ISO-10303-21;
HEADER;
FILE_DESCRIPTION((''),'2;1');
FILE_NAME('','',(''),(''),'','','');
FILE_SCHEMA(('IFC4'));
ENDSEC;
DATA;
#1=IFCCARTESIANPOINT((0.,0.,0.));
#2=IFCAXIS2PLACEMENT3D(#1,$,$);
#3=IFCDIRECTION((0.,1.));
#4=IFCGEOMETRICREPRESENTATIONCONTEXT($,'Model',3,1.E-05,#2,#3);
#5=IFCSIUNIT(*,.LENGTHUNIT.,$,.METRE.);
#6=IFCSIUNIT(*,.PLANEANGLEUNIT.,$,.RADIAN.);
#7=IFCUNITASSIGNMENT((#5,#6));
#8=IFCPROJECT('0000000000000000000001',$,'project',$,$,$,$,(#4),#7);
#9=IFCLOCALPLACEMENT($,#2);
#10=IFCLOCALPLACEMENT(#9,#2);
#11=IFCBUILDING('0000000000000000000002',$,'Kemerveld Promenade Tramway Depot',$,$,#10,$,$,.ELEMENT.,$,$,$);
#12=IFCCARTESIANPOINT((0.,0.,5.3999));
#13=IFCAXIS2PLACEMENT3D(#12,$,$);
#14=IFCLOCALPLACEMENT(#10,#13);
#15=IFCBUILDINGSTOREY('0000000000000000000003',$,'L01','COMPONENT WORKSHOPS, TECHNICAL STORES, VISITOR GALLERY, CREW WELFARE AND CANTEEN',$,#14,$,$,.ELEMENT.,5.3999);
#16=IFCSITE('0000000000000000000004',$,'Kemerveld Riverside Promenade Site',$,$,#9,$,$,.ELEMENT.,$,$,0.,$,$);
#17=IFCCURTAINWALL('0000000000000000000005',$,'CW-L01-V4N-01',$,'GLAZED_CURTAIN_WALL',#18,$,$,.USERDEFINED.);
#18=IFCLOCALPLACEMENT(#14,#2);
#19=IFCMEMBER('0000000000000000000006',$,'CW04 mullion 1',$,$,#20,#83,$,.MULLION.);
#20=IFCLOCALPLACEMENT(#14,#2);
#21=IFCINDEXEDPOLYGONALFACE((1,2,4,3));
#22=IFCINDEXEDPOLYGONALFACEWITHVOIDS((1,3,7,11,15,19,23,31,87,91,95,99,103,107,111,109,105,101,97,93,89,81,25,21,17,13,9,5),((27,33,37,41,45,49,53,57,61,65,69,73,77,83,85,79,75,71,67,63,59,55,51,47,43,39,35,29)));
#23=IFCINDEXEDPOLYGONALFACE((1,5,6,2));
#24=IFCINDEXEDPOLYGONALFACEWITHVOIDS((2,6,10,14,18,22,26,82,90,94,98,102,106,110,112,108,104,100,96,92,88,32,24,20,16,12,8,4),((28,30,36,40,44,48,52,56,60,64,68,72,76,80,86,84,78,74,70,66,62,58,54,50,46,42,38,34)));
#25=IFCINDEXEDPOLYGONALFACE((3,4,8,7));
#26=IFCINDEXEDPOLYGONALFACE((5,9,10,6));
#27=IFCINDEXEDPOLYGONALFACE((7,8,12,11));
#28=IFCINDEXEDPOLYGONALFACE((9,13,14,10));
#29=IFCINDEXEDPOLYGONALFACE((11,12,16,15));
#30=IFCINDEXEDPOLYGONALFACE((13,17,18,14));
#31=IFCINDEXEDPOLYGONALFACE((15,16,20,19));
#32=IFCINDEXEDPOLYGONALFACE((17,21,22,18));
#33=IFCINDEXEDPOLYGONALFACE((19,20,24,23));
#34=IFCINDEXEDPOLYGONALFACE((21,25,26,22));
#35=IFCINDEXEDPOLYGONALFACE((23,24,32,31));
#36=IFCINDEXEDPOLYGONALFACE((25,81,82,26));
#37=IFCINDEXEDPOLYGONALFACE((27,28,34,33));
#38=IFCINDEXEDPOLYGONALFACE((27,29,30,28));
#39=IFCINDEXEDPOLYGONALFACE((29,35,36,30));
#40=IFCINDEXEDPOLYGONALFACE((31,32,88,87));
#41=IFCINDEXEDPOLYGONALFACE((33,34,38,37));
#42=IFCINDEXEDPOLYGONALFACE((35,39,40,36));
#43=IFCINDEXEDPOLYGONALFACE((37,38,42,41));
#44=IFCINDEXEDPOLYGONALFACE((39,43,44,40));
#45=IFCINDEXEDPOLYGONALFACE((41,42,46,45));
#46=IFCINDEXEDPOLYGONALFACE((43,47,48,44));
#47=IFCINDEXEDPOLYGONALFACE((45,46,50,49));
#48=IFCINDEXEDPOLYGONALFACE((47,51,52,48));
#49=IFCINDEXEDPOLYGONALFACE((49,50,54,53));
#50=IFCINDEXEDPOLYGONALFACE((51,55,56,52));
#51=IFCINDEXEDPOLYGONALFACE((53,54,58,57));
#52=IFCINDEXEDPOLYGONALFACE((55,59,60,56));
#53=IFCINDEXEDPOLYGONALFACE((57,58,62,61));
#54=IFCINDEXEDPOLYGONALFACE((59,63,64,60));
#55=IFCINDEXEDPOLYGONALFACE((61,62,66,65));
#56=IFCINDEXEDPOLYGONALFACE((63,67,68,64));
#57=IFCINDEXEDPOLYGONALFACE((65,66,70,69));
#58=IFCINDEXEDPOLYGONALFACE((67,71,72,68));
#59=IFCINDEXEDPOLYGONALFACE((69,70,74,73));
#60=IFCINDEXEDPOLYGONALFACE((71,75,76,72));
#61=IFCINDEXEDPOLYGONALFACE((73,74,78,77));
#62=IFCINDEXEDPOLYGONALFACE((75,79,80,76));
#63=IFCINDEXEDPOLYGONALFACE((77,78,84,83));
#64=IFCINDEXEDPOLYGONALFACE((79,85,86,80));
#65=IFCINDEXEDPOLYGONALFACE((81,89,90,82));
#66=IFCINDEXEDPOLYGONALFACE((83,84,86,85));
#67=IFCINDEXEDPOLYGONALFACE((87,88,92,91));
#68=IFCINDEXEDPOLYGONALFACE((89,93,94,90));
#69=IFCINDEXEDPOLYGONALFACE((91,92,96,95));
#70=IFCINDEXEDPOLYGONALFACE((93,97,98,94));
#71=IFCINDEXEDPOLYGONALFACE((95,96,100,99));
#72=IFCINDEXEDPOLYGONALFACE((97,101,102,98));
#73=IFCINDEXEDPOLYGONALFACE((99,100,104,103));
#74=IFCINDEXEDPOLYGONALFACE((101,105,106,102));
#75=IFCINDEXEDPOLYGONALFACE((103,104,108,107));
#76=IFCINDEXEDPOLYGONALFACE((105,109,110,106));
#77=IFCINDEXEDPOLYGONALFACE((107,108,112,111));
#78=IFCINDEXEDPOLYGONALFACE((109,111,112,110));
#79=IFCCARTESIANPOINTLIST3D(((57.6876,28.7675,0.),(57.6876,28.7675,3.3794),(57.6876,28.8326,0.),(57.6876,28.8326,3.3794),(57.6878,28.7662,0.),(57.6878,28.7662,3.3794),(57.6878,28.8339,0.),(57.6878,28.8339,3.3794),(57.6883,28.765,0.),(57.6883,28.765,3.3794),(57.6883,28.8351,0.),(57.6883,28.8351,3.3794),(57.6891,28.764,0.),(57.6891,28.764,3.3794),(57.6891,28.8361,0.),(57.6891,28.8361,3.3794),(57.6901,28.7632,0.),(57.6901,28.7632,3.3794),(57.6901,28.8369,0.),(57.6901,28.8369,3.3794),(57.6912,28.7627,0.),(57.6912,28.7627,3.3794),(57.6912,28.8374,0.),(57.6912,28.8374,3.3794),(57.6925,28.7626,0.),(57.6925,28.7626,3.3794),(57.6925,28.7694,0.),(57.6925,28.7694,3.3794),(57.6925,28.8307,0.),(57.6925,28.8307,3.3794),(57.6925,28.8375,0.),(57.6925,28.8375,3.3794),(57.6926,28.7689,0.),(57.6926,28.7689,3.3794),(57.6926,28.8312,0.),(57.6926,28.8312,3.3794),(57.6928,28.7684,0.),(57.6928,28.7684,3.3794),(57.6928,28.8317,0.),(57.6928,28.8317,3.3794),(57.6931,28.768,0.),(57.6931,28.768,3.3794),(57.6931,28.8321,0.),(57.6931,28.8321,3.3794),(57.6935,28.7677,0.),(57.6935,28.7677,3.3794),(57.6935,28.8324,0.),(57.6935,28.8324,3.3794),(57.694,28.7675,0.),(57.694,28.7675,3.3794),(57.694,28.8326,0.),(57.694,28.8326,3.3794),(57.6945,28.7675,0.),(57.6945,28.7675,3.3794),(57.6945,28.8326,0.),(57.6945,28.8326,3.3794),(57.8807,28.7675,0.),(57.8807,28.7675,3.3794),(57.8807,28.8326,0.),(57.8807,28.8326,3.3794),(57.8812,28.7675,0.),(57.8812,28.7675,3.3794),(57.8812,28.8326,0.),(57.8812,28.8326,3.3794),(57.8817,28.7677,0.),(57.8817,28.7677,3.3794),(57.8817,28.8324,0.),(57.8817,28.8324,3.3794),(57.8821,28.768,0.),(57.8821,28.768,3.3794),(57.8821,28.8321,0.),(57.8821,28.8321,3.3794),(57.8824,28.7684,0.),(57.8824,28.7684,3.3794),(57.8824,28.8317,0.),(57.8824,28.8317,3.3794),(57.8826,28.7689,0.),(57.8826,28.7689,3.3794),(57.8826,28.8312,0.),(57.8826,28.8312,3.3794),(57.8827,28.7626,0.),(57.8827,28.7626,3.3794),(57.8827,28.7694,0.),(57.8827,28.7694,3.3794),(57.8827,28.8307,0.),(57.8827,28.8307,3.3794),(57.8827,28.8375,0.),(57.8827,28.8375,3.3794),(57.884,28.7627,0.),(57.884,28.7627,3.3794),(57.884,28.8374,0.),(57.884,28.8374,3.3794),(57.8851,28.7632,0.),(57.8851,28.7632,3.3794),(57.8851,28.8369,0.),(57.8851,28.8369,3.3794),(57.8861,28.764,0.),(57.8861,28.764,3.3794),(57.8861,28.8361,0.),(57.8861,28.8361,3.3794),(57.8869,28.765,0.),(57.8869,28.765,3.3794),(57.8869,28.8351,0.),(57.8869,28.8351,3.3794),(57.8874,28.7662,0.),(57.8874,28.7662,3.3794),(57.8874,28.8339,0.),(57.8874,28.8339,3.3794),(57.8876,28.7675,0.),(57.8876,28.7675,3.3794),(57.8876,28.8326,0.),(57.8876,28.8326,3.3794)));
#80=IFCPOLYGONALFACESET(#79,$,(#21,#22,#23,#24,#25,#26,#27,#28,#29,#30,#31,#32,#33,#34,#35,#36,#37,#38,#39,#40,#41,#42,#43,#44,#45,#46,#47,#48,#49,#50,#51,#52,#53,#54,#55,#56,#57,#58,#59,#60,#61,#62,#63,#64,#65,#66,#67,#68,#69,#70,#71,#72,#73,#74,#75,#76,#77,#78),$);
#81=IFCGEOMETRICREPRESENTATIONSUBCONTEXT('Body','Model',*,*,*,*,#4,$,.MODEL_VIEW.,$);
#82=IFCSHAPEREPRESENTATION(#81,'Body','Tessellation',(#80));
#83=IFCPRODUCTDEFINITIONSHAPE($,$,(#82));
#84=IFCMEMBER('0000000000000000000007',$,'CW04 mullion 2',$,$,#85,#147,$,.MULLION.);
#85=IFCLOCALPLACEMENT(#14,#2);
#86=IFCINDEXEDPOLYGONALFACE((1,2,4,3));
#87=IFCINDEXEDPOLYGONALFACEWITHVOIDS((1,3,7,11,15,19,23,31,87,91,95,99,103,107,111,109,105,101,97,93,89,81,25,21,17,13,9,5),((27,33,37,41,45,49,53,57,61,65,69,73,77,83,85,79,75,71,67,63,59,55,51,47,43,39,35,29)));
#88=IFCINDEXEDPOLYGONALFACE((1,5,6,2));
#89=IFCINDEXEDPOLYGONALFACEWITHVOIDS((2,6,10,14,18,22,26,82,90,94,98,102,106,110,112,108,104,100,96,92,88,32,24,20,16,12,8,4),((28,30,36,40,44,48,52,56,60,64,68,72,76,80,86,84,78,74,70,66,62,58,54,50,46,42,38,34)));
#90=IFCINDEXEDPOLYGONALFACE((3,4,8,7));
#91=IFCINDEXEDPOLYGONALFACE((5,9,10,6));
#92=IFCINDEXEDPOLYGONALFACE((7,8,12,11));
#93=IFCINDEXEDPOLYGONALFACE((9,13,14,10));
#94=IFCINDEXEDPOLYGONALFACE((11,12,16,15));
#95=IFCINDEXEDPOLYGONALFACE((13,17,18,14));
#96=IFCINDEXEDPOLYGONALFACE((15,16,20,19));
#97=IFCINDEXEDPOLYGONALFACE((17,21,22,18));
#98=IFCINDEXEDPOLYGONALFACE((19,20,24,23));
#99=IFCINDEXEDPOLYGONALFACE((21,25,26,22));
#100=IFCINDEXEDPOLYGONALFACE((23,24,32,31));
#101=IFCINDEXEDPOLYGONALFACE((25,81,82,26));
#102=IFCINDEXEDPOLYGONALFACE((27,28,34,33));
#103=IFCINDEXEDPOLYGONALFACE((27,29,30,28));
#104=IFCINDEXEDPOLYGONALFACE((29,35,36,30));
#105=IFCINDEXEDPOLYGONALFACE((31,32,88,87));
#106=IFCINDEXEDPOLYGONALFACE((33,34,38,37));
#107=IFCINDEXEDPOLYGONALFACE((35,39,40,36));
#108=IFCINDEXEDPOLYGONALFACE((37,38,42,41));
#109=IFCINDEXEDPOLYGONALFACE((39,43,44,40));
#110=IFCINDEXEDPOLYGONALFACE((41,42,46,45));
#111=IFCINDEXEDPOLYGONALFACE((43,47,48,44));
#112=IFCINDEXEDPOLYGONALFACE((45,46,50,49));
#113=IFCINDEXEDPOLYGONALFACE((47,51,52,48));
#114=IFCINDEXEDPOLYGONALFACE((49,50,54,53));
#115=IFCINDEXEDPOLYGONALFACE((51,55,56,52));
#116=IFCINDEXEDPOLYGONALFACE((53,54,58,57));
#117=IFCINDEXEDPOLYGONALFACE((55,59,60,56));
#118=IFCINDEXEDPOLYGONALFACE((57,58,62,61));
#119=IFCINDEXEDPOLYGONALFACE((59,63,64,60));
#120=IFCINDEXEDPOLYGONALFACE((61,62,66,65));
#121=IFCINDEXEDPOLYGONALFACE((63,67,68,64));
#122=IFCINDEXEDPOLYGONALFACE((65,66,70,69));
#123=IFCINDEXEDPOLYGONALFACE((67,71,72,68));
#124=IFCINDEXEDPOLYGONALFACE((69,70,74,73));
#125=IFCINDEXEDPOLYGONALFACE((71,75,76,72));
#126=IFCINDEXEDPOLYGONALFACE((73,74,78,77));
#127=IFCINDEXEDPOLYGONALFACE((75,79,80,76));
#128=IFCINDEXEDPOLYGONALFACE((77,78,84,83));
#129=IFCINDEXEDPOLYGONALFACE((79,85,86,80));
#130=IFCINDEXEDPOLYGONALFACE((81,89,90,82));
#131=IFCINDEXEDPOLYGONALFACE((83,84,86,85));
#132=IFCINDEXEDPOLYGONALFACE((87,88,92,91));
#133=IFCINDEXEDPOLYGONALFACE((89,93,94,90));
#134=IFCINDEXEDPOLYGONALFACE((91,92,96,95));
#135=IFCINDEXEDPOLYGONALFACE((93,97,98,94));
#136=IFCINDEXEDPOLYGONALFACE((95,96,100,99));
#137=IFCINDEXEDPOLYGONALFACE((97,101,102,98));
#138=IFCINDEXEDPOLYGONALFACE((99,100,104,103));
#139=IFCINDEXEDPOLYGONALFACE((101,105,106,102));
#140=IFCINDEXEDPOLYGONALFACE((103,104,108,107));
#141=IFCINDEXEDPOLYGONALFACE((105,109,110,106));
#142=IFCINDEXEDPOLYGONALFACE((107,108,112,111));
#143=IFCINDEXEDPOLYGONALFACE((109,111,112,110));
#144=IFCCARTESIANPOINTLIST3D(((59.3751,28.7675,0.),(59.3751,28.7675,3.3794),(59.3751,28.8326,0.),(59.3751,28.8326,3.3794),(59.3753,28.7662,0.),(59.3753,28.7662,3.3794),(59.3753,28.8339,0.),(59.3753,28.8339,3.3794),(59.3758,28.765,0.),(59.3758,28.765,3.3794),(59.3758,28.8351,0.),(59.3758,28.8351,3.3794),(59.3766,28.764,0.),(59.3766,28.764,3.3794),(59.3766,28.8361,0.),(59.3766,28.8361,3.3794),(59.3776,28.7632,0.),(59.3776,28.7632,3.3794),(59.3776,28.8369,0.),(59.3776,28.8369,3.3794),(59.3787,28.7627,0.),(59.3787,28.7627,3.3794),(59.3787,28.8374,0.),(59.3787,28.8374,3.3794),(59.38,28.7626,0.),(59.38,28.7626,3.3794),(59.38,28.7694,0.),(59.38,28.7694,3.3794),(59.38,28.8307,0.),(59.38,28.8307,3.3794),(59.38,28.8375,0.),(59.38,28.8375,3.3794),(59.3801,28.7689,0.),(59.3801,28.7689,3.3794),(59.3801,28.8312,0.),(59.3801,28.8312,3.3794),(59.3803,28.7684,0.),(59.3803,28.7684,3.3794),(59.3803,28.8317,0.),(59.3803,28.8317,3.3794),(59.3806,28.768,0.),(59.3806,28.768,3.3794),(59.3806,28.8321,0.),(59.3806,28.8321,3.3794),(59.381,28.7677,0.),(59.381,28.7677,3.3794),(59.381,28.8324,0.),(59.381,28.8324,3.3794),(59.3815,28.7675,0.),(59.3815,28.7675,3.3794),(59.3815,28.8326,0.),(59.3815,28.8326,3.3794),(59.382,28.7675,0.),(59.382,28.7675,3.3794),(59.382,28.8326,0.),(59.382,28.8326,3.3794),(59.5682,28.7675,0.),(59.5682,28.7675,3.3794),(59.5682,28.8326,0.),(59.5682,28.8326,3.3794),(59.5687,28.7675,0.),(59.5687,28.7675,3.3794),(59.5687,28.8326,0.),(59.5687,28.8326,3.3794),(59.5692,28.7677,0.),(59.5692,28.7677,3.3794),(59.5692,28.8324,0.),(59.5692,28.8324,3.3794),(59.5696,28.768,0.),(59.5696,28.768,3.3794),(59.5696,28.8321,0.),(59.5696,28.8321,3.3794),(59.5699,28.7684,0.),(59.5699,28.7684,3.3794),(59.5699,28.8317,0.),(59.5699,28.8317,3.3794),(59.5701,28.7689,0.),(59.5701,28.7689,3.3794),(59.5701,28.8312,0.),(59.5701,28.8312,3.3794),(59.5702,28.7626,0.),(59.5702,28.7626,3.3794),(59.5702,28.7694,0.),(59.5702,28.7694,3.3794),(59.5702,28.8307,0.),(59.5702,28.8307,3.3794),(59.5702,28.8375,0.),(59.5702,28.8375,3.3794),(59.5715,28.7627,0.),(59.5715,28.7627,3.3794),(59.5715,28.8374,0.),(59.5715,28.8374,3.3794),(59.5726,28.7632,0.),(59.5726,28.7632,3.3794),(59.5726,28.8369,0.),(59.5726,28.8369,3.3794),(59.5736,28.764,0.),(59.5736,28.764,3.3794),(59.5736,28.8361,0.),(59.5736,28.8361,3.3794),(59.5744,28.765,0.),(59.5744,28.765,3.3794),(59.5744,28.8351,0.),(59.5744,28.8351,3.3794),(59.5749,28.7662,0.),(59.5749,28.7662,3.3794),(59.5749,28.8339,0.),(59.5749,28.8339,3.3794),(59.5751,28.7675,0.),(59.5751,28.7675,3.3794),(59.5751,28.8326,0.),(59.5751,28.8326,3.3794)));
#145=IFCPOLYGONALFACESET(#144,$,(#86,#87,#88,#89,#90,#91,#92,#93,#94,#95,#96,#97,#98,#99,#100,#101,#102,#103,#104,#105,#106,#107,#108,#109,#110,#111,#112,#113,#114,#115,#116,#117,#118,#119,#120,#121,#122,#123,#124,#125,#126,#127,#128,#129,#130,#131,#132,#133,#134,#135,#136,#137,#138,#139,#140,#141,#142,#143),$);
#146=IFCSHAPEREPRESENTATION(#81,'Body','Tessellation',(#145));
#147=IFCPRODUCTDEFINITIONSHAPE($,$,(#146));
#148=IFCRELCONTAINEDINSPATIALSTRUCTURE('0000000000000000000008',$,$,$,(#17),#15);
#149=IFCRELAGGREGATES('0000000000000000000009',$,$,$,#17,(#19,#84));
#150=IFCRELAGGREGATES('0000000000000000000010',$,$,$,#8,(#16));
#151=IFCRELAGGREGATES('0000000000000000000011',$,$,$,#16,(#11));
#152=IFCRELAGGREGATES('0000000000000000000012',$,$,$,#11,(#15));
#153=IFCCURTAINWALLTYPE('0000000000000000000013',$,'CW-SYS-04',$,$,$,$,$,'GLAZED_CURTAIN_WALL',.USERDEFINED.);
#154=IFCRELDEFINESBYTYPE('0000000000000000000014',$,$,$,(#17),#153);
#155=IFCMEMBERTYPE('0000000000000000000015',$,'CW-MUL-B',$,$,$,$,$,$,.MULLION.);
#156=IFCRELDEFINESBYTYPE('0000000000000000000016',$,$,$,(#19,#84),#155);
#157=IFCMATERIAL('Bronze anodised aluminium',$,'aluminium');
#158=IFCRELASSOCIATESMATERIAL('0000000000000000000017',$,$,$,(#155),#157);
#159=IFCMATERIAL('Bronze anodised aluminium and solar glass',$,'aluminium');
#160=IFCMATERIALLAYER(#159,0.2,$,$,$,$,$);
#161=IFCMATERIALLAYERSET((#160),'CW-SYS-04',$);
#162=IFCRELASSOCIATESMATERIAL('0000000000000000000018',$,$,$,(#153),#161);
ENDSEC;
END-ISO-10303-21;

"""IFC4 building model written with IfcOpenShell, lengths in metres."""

from ifc_helpers import new_model, si_unit, direction, frame, origin, origin_2d, place, context, subcontext, project, spatial, hollow_rectangle, extrude, material, layer, layer_set, material_profile, profile_set, type_object, element, aggregate, save


model = new_model("IFC4")

# Units and contexts
model_context = context("Model", 3, precision=1e-05, world=origin(), true_north=direction((0.0, 1.0)))
body_context = subcontext(model_context, "Body", "Model", "MODEL_VIEW")
ifc_project = project(units=[si_unit("LENGTHUNIT", "METRE"), si_unit("PLANEANGLEUNIT", "RADIAN")], contexts=[model_context])

# Site, building, storey
site_placement = place(None, origin())
site = spatial("IfcSite", under=ifc_project, at=site_placement, Name="Kemerveld Riverside Promenade Site", CompositionType="ELEMENT", RefElevation=0.0)
building_placement = place(site_placement, origin())
building = spatial("IfcBuilding", under=site, at=building_placement, Name="Kemerveld Promenade Tramway Depot", CompositionType="ELEMENT")
storey_placement = place(building_placement, frame((0.0, 0.0, 5.3999)))
storey = spatial("IfcBuildingStorey", under=building, at=storey_placement, Name="L01", Description="COMPONENT WORKSHOPS, TECHNICAL STORES, VISITOR GALLERY, CREW WELFARE AND CANTEEN", CompositionType="ELEMENT", Elevation=5.3999)

# Shared definitions
ifc_material_1 = material(Name="Bronze anodised aluminium and solar glass", Category="aluminium")
ifc_material_2 = material(Name="Bronze anodised aluminium", Category="aluminium")
ifc_material_profile_1 = material_profile(ifc_material_2, hollow_rectangle(XDim=0.075, YDim=0.2, WallThickness=0.0049, InnerFilletRadius=0.002, OuterFilletRadius=0.0049, at=origin_2d()), Name="CW-MUL-200x75")
ifc_profile_set_1 = profile_set([ifc_material_profile_1], Name="Bronze anodised aluminium")
member_type_1 = type_object("IfcMemberType", Name="CW-MUL-B", PredefinedType="MULLION", material=ifc_profile_set_1)

# Curtain wall, members
ifc_layer_1 = layer(ifc_material_1, 0.2)
ifc_layer_set_1 = layer_set([ifc_layer_1], Name="CW-SYS-04")
curtain_wall_type_1 = type_object("IfcCurtainWallType", Name="CW-SYS-04", ElementType="GLAZED_CURTAIN_WALL", PredefinedType="USERDEFINED", material=ifc_layer_set_1)
curtain_wall_1_placement = place(storey_placement, origin())
curtain_wall_1 = element("IfcCurtainWall", 1, at=curtain_wall_1_placement, inside=storey, type_object=curtain_wall_type_1, Name="CW-L01-V4N-01", ObjectType="GLAZED_CURTAIN_WALL", PredefinedType="USERDEFINED")
member_1_placement = place(storey_placement, frame((57.7876, 28.8, 0.0), z_axis=(0.0, 0.0, 1.0), x_axis=(0.0, 1.0, 0.0)))
member_1 = element("IfcMember", 2, at=member_1_placement, type_object=member_type_1, Name="CW04 mullion 1", PredefinedType="MULLION", context=body_context, shape_type="SweptSolid", body=[
    extrude(hollow_rectangle(XDim=0.075, YDim=0.2, WallThickness=0.0049, InnerFilletRadius=0.002, OuterFilletRadius=0.0049, at=origin_2d()), origin(), (0.0, 0.0, 1.0), 3.3794),
])
member_2_placement = place(storey_placement, frame((59.4751, 28.8, 0.0), z_axis=(0.0, 0.0, 1.0), x_axis=(0.0, 1.0, 0.0)))
member_2 = element("IfcMember", 3, at=member_2_placement, type_object=member_type_1, Name="CW04 mullion 2", PredefinedType="MULLION", context=body_context, shape_type="SweptSolid", body=[
    extrude(hollow_rectangle(XDim=0.075, YDim=0.2, WallThickness=0.0049, InnerFilletRadius=0.002, OuterFilletRadius=0.0049, at=origin_2d()), origin(), (0.0, 0.0, 1.0), 3.3794),
])
aggregate(curtain_wall_1, [member_1, member_2])

save(model, "model.ifc")
